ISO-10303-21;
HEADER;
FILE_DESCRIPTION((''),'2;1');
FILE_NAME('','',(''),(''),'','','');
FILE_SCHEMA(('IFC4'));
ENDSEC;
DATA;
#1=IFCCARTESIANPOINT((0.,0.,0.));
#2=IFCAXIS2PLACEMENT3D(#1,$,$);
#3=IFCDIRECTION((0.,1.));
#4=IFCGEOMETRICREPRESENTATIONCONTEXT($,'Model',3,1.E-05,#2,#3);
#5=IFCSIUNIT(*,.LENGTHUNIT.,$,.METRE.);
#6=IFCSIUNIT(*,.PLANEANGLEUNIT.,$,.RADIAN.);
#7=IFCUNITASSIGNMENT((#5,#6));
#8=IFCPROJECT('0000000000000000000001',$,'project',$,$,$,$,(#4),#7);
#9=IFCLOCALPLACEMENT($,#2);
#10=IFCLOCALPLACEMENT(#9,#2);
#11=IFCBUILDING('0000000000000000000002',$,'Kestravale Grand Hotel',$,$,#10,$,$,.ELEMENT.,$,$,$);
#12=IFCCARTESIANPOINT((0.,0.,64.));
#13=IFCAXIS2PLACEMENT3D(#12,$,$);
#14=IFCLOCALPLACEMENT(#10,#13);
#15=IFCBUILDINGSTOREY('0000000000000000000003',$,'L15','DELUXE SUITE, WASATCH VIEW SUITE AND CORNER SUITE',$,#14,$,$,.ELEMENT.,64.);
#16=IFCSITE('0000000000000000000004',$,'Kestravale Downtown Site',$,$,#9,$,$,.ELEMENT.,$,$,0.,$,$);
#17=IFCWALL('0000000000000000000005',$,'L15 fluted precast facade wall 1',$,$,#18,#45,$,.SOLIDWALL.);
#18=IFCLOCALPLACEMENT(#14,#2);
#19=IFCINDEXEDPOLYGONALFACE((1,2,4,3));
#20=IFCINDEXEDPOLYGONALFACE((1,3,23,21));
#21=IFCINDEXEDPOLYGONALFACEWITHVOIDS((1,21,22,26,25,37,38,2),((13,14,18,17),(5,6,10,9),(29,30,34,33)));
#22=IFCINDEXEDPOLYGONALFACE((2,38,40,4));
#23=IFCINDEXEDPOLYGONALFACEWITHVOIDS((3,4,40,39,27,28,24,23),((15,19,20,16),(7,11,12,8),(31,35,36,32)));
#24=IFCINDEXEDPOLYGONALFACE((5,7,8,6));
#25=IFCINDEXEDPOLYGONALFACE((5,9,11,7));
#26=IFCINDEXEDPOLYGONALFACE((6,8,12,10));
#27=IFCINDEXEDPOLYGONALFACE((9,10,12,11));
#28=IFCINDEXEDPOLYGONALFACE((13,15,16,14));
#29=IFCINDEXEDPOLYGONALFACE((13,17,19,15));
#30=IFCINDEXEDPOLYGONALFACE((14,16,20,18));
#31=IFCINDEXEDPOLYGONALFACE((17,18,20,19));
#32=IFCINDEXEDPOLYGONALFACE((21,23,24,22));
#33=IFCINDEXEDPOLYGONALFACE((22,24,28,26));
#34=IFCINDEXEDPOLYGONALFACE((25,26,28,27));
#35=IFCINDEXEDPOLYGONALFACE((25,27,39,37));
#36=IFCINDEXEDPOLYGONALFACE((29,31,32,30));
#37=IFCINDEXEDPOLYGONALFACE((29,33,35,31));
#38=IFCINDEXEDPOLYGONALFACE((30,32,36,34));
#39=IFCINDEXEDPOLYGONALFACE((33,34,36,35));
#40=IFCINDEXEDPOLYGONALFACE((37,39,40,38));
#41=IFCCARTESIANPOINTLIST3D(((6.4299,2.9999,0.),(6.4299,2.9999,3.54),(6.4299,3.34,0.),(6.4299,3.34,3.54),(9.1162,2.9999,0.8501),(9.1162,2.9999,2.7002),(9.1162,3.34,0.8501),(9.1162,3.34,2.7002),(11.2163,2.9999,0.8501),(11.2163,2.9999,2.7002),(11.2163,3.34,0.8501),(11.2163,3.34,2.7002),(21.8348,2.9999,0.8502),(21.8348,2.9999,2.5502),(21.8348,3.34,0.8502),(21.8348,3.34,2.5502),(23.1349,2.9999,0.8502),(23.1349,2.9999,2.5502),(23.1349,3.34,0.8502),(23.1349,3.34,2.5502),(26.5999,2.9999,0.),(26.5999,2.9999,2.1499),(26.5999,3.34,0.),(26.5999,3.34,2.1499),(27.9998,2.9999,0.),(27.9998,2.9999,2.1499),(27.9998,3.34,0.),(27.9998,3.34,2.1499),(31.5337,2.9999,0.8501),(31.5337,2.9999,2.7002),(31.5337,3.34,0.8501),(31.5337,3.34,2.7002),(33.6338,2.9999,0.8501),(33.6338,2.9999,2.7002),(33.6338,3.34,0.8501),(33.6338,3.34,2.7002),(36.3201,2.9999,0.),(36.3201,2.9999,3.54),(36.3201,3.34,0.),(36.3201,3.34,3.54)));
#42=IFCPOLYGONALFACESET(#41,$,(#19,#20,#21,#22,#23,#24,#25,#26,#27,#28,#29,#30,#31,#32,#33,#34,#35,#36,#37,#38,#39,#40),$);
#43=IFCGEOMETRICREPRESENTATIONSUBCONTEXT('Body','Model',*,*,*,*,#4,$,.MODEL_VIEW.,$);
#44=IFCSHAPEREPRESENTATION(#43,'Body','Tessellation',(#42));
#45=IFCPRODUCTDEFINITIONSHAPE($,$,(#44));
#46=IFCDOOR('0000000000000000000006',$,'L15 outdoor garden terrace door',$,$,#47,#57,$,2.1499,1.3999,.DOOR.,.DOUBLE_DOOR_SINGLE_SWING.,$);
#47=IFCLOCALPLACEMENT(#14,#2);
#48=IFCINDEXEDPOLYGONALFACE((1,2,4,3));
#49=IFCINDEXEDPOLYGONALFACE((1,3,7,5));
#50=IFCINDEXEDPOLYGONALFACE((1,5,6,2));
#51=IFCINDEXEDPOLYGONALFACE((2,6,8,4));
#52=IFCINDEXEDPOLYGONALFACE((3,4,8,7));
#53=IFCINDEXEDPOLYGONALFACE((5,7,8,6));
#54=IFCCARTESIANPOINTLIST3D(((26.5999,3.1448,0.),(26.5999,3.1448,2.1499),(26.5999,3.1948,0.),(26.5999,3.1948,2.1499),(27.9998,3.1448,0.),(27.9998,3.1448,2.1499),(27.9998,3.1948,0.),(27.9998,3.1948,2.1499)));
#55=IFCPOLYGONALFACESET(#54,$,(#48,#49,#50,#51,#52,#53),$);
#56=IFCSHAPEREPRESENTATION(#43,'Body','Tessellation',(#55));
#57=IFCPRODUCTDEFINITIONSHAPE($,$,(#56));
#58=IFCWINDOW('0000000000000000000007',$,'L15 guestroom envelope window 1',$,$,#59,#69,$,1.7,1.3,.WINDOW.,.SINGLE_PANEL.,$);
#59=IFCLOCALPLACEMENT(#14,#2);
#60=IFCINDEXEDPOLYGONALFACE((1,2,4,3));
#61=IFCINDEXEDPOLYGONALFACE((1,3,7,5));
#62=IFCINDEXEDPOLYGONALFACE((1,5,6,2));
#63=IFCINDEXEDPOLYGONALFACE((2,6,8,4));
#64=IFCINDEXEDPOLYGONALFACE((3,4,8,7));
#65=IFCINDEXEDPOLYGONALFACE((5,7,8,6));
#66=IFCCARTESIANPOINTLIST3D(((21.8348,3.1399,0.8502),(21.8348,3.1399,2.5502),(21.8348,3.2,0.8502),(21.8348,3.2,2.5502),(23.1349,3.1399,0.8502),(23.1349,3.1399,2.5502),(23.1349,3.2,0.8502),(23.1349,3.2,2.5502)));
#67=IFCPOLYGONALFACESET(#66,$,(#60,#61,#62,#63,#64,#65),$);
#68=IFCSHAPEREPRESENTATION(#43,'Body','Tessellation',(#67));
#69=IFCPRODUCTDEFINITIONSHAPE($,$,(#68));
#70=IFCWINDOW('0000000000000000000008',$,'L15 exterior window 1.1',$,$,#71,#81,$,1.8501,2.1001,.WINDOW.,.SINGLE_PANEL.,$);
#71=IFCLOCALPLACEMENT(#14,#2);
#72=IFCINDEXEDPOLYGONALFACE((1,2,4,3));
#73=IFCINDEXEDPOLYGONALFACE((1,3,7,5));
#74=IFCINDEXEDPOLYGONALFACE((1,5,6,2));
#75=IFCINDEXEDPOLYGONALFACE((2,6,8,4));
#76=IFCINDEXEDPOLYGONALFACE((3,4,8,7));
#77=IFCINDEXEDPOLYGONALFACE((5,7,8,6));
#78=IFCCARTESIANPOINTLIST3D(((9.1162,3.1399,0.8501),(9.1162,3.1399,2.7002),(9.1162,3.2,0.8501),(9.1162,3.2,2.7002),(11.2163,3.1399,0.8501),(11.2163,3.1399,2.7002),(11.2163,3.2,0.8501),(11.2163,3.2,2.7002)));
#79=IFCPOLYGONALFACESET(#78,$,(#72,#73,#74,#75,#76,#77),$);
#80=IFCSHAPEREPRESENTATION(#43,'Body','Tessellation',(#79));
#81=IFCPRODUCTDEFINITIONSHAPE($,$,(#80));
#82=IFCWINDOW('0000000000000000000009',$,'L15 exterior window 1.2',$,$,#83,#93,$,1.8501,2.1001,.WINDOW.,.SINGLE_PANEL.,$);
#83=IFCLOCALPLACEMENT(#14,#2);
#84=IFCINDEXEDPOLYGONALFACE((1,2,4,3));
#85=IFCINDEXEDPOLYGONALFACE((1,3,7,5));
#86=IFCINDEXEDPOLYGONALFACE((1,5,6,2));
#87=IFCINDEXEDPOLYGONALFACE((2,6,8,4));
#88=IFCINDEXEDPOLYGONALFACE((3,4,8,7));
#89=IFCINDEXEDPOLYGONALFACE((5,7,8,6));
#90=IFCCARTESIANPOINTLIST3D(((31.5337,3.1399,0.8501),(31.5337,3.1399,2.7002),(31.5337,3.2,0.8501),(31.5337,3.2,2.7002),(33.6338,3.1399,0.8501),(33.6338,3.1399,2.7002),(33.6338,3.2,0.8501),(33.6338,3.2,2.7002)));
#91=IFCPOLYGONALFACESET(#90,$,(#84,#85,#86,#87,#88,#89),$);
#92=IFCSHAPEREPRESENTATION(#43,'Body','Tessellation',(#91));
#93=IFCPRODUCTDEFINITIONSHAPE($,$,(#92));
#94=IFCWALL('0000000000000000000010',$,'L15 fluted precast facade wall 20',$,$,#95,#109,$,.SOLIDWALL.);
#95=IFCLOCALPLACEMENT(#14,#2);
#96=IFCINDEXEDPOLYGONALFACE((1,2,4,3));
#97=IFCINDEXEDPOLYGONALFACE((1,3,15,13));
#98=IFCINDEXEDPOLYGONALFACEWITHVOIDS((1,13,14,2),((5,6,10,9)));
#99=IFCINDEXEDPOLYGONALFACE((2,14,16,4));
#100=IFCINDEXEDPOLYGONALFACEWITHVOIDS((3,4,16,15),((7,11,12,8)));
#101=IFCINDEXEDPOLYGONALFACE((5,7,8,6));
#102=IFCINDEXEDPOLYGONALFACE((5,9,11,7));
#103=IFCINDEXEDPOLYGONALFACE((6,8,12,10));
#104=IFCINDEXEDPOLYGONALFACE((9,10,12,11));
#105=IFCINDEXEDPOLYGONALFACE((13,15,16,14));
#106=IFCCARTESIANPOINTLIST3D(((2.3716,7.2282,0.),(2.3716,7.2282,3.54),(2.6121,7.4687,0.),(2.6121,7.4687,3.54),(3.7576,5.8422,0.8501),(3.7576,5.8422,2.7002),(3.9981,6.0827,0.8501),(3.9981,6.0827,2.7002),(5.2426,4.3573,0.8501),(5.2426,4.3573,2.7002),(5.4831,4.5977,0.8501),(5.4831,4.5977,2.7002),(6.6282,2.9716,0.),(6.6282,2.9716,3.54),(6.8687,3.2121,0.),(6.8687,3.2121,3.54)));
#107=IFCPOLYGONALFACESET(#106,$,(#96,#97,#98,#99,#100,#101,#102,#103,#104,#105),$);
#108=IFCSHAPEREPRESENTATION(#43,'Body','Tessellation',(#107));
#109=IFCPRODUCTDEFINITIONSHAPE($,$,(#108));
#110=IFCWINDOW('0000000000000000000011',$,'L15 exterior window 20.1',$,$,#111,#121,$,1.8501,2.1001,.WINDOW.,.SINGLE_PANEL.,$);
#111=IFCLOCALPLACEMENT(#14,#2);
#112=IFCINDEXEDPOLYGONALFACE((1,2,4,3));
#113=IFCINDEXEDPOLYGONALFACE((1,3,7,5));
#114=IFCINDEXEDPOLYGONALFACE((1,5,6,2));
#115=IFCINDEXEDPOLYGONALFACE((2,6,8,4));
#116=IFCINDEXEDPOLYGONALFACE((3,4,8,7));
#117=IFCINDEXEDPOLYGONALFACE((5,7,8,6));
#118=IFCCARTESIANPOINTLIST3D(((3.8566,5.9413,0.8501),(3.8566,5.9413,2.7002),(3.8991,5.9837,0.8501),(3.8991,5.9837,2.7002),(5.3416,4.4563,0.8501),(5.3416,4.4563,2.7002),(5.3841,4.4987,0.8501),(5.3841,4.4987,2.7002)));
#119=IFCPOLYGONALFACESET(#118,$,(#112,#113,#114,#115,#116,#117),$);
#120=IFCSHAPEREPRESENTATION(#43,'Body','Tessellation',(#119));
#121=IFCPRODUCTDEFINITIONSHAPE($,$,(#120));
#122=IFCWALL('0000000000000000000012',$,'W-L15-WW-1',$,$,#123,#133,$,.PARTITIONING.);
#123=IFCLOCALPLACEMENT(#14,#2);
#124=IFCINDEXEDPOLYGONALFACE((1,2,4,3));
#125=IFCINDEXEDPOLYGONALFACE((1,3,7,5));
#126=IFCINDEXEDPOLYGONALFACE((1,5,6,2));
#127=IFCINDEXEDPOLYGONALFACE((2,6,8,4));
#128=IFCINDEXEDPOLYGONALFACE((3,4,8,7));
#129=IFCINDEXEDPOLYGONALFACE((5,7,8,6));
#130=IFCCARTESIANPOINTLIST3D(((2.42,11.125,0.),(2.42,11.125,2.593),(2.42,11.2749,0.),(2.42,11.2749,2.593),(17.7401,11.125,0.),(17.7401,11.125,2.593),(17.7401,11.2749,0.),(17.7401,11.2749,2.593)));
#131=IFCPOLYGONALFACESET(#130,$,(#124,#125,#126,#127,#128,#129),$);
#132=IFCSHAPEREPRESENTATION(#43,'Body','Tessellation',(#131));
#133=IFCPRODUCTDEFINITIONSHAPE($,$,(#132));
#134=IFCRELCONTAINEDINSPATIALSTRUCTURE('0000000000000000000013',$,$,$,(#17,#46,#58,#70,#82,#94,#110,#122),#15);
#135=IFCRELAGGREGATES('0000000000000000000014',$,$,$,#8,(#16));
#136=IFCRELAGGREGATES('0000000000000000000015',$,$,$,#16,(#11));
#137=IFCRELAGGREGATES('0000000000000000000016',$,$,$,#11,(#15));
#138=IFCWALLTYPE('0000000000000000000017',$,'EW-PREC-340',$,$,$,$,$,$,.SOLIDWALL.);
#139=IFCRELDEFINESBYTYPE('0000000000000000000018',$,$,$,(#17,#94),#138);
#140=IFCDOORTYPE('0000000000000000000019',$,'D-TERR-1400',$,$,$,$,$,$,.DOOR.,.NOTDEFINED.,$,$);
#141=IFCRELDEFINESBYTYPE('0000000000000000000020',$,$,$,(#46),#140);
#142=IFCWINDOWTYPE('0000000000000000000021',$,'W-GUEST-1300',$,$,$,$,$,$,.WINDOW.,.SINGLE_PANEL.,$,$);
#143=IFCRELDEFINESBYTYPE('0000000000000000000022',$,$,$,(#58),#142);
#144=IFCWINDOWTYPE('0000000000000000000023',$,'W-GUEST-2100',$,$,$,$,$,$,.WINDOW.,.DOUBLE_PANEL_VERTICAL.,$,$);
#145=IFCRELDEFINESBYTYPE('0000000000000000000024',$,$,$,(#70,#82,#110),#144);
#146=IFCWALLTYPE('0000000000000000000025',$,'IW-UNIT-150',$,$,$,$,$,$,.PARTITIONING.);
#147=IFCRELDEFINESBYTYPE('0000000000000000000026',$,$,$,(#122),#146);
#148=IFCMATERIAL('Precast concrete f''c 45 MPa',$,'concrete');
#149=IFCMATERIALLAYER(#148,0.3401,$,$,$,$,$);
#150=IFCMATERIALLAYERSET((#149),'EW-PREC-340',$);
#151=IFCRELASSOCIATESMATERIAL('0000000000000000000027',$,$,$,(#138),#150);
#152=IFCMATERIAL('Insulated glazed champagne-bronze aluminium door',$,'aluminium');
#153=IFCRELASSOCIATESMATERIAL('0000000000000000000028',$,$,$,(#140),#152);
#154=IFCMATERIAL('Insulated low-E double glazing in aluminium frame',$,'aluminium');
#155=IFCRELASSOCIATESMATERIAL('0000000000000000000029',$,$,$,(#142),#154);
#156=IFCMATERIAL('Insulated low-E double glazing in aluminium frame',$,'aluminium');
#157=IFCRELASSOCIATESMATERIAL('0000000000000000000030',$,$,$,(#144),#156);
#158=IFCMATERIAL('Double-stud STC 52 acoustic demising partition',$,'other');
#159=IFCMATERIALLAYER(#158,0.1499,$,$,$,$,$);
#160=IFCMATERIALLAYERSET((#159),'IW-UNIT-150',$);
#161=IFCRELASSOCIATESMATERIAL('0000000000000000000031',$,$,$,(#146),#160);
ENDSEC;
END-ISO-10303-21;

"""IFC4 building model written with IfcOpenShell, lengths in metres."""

from ifc_helpers import new_model, si_unit, direction, frame, frame_2d, origin, place, context, subcontext, project, spatial, rectangle, extrude, material, layer, layer_set, type_object, element, fill, save


model = new_model("IFC4")

# Units and contexts
model_context = context("Model", 3, precision=1e-05, world=origin(), true_north=direction((0.0, 1.0)))
body_context = subcontext(model_context, "Body", "Model", "MODEL_VIEW")
ifc_project = project(units=[si_unit("LENGTHUNIT", "METRE"), si_unit("PLANEANGLEUNIT", "RADIAN")], contexts=[model_context])

# Site, building, storey
site_placement = place(None, origin())
site = spatial("IfcSite", under=ifc_project, at=site_placement, Name="Kestravale Downtown Site", CompositionType="ELEMENT", RefElevation=0.0)
building_placement = place(site_placement, origin())
building = spatial("IfcBuilding", under=site, at=building_placement, Name="Kestravale Grand Hotel", CompositionType="ELEMENT")
storey_placement = place(building_placement, frame((0.0, 0.0, 64.0)))
storey = spatial("IfcBuildingStorey", under=building, at=storey_placement, Name="L15", Description="DELUXE SUITE, WASATCH VIEW SUITE AND CORNER SUITE", CompositionType="ELEMENT", Elevation=64.0)

# Wall, openings, door, windows
ifc_material_1 = material(Name="Precast concrete f'c 45 MPa", Category="concrete")
ifc_layer_1 = layer(ifc_material_1, 0.3401)
ifc_layer_set_1 = layer_set([ifc_layer_1], Name="EW-PREC-340")
wall_type_1 = type_object("IfcWallType", Name="EW-PREC-340", PredefinedType="SOLIDWALL", material=ifc_layer_set_1)
wall_1_placement = place(storey_placement, frame((6.4299, 3.1699, 0.0), z_axis=(0.0, 0.0, 1.0), x_axis=(1.0, 0.0, 0.0)))
wall_1 = element("IfcWall", 1, at=wall_1_placement, inside=storey, type_object=wall_type_1, Name="L15 fluted precast facade wall 1", PredefinedType="SOLIDWALL", context=body_context, shape_type="SweptSolid", body=[
    extrude(rectangle(XDim=29.8901, YDim=0.3401, at=frame_2d((14.9451, 0.0))), origin(), (0.0, 0.0, 1.0), 3.54),
])
opening_1_placement = place(wall_1_placement, frame((20.1699, 0.0, 0.0)))
opening_1 = element("IfcOpeningElement", 2, at=opening_1_placement, cuts=wall_1, PredefinedType="OPENING", context=body_context, shape_type="SweptSolid", body=[
    extrude(rectangle(XDim=1.3999, YDim=2.1499, at=frame_2d((0.7, 1.075))), frame((0.0, 0.1799, 0.0), z_axis=(0.0, -1.0, 0.0), x_axis=(1.0, 0.0, 0.0)), (0.0, 0.0, 1.0), 0.3601),
])
opening_2_placement = place(wall_1_placement, frame((2.6863, 0.0, 0.8501)))
opening_2 = element("IfcOpeningElement", 3, at=opening_2_placement, cuts=wall_1, PredefinedType="OPENING", context=body_context, shape_type="SweptSolid", body=[
    extrude(rectangle(XDim=2.1001, YDim=1.8501, at=frame_2d((1.05, 0.925))), frame((0.0, 0.1799, 0.0), z_axis=(0.0, -1.0, 0.0), x_axis=(1.0, 0.0, 0.0)), (0.0, 0.0, 1.0), 0.3601),
])
opening_3_placement = place(wall_1_placement, frame((25.1038, 0.0, 0.8501)))
opening_3 = element("IfcOpeningElement", 4, at=opening_3_placement, cuts=wall_1, PredefinedType="OPENING", context=body_context, shape_type="SweptSolid", body=[
    extrude(rectangle(XDim=2.1001, YDim=1.8501, at=frame_2d((1.05, 0.925))), frame((0.0, 0.1799, 0.0), z_axis=(0.0, -1.0, 0.0), x_axis=(1.0, 0.0, 0.0)), (0.0, 0.0, 1.0), 0.3601),
])
opening_4_placement = place(wall_1_placement, frame((15.405, 0.0, 0.8501)))
opening_4 = element("IfcOpeningElement", 5, at=opening_4_placement, cuts=wall_1, PredefinedType="OPENING", context=body_context, shape_type="SweptSolid", body=[
    extrude(rectangle(XDim=1.3, YDim=1.7, at=frame_2d((0.6499, 0.8501))), frame((0.0, 0.1799, 0.0), z_axis=(0.0, -1.0, 0.0), x_axis=(1.0, 0.0, 0.0)), (0.0, 0.0, 1.0), 0.3601),
])
ifc_material_2 = material(Name="Insulated glazed champagne-bronze aluminium door", Category="aluminium")
door_type = type_object("IfcDoorType", Name="D-TERR-1400", OperationType="NOTDEFINED", PredefinedType="DOOR", material=ifc_material_2)
door_placement = place(opening_1_placement, origin())
door = element("IfcDoor", 6, at=door_placement, inside=storey, type_object=door_type, Name="L15 outdoor garden terrace door", OperationType="DOUBLE_DOOR_SINGLE_SWING", OverallHeight=2.1499, OverallWidth=1.3999, PredefinedType="DOOR", context=body_context, shape_type="SweptSolid", body=[
    extrude(rectangle(XDim=1.3999, YDim=2.1499, at=frame_2d((0.7, 1.075))), frame((0.0, 0.0249, 0.0), z_axis=(0.0, -1.0, 0.0), x_axis=(1.0, 0.0, 0.0)), (0.0, 0.0, 1.0), 0.05),
])
fill(opening_1, door)
ifc_material_3 = material(Name="Insulated low-E double glazing in aluminium frame", Category="aluminium")
window_type_1 = type_object("IfcWindowType", Name="W-GUEST-1300", PartitioningType="SINGLE_PANEL", PredefinedType="WINDOW", material=ifc_material_3)
window_1_placement = place(opening_4_placement, origin())
window_1 = element("IfcWindow", 7, at=window_1_placement, inside=storey, type_object=window_type_1, Name="L15 guestroom envelope window 1", OverallHeight=1.7, OverallWidth=1.3, PartitioningType="SINGLE_PANEL", PredefinedType="WINDOW", context=body_context, shape_type="SweptSolid", body=[
    extrude(rectangle(XDim=1.3, YDim=1.7, at=frame_2d((0.6499, 0.8501))), frame((0.0, 0.03, 0.0), z_axis=(0.0, -1.0, 0.0), x_axis=(1.0, 0.0, 0.0)), (0.0, 0.0, 1.0), 0.0601),
])
fill(opening_4, window_1)
ifc_material_4 = material(Name="Insulated low-E double glazing in aluminium frame", Category="aluminium")
window_type_2 = type_object("IfcWindowType", Name="W-GUEST-2100", PartitioningType="DOUBLE_PANEL_VERTICAL", PredefinedType="WINDOW", material=ifc_material_4)
window_2_placement = place(opening_2_placement, origin())
window_2 = element("IfcWindow", 8, at=window_2_placement, inside=storey, type_object=window_type_2, Name="L15 exterior window 1.1", OverallHeight=1.8501, OverallWidth=2.1001, PartitioningType="SINGLE_PANEL", PredefinedType="WINDOW", context=body_context, shape_type="SweptSolid", body=[
    extrude(rectangle(XDim=2.1001, YDim=1.8501, at=frame_2d((1.05, 0.925))), frame((0.0, 0.03, 0.0), z_axis=(0.0, -1.0, 0.0), x_axis=(1.0, 0.0, 0.0)), (0.0, 0.0, 1.0), 0.0601),
])
fill(opening_2, window_2)
window_3_placement = place(opening_3_placement, origin())
window_3 = element("IfcWindow", 9, at=window_3_placement, inside=storey, type_object=window_type_2, Name="L15 exterior window 1.2", OverallHeight=1.8501, OverallWidth=2.1001, PartitioningType="SINGLE_PANEL", PredefinedType="WINDOW", context=body_context, shape_type="SweptSolid", body=[
    extrude(rectangle(XDim=2.1001, YDim=1.8501, at=frame_2d((1.05, 0.925))), frame((0.0, 0.03, 0.0), z_axis=(0.0, -1.0, 0.0), x_axis=(1.0, 0.0, 0.0)), (0.0, 0.0, 1.0), 0.0601),
])
fill(opening_3, window_3)

# Wall, opening, window
wall_2_placement = place(storey_placement, frame((2.4919, 7.3484, 0.0), z_axis=(0.0, 0.0, 1.0), x_axis=(0.707107, -0.707107, 0.0)))
wall_2 = element("IfcWall", 10, at=wall_2_placement, inside=storey, type_object=wall_type_1, Name="L15 fluted precast facade wall 20", PredefinedType="SOLIDWALL", context=body_context, shape_type="SweptSolid", body=[
    extrude(rectangle(XDim=6.0198, YDim=0.3401, at=frame_2d((3.0098, 0.0))), origin(), (0.0, 0.0, 1.0), 3.54),
])
opening_5_placement = place(wall_2_placement, frame((1.96, 0.0, 0.8501)))
opening_5 = element("IfcOpeningElement", 11, at=opening_5_placement, cuts=wall_2, PredefinedType="OPENING", context=body_context, shape_type="SweptSolid", body=[
    extrude(rectangle(XDim=2.1001, YDim=1.8501, at=frame_2d((1.05, 0.925))), frame((0.0, 0.1799, 0.0), z_axis=(0.0, -1.0, 0.0), x_axis=(1.0, 0.0, 0.0)), (0.0, 0.0, 1.0), 0.3601),
])
window_4_placement = place(opening_5_placement, origin())
window_4 = element("IfcWindow", 12, at=window_4_placement, inside=storey, type_object=window_type_2, Name="L15 exterior window 20.1", OverallHeight=1.8501, OverallWidth=2.1001, PartitioningType="SINGLE_PANEL", PredefinedType="WINDOW", context=body_context, shape_type="SweptSolid", body=[
    extrude(rectangle(XDim=2.1001, YDim=1.8501, at=frame_2d((1.05, 0.925))), frame((0.0, 0.03, 0.0), z_axis=(0.0, -1.0, 0.0), x_axis=(1.0, 0.0, 0.0)), (0.0, 0.0, 1.0), 0.0601),
])
fill(opening_5, window_4)

# Wall
ifc_material_5 = material(Name="Double-stud STC 52 acoustic demising partition", Category="other")
ifc_layer_2 = layer(ifc_material_5, 0.1499)
ifc_layer_set_2 = layer_set([ifc_layer_2], Name="IW-UNIT-150")
wall_type_2 = type_object("IfcWallType", Name="IW-UNIT-150", PredefinedType="PARTITIONING", material=ifc_layer_set_2)
wall_3_placement = place(storey_placement, frame((2.4199, 11.2, 0.0), z_axis=(0.0, 0.0, 1.0), x_axis=(1.0, 0.0, 0.0)))
element("IfcWall", 13, at=wall_3_placement, inside=storey, type_object=wall_type_2, Name="W-L15-WW-1", PredefinedType="PARTITIONING", context=body_context, shape_type="SweptSolid", body=[
    extrude(rectangle(XDim=15.3201, YDim=0.1499, at=frame_2d((7.6602, 0.0))), origin(), (0.0, 0.0, 1.0), 2.593),
])

save(model, "model.ifc")
